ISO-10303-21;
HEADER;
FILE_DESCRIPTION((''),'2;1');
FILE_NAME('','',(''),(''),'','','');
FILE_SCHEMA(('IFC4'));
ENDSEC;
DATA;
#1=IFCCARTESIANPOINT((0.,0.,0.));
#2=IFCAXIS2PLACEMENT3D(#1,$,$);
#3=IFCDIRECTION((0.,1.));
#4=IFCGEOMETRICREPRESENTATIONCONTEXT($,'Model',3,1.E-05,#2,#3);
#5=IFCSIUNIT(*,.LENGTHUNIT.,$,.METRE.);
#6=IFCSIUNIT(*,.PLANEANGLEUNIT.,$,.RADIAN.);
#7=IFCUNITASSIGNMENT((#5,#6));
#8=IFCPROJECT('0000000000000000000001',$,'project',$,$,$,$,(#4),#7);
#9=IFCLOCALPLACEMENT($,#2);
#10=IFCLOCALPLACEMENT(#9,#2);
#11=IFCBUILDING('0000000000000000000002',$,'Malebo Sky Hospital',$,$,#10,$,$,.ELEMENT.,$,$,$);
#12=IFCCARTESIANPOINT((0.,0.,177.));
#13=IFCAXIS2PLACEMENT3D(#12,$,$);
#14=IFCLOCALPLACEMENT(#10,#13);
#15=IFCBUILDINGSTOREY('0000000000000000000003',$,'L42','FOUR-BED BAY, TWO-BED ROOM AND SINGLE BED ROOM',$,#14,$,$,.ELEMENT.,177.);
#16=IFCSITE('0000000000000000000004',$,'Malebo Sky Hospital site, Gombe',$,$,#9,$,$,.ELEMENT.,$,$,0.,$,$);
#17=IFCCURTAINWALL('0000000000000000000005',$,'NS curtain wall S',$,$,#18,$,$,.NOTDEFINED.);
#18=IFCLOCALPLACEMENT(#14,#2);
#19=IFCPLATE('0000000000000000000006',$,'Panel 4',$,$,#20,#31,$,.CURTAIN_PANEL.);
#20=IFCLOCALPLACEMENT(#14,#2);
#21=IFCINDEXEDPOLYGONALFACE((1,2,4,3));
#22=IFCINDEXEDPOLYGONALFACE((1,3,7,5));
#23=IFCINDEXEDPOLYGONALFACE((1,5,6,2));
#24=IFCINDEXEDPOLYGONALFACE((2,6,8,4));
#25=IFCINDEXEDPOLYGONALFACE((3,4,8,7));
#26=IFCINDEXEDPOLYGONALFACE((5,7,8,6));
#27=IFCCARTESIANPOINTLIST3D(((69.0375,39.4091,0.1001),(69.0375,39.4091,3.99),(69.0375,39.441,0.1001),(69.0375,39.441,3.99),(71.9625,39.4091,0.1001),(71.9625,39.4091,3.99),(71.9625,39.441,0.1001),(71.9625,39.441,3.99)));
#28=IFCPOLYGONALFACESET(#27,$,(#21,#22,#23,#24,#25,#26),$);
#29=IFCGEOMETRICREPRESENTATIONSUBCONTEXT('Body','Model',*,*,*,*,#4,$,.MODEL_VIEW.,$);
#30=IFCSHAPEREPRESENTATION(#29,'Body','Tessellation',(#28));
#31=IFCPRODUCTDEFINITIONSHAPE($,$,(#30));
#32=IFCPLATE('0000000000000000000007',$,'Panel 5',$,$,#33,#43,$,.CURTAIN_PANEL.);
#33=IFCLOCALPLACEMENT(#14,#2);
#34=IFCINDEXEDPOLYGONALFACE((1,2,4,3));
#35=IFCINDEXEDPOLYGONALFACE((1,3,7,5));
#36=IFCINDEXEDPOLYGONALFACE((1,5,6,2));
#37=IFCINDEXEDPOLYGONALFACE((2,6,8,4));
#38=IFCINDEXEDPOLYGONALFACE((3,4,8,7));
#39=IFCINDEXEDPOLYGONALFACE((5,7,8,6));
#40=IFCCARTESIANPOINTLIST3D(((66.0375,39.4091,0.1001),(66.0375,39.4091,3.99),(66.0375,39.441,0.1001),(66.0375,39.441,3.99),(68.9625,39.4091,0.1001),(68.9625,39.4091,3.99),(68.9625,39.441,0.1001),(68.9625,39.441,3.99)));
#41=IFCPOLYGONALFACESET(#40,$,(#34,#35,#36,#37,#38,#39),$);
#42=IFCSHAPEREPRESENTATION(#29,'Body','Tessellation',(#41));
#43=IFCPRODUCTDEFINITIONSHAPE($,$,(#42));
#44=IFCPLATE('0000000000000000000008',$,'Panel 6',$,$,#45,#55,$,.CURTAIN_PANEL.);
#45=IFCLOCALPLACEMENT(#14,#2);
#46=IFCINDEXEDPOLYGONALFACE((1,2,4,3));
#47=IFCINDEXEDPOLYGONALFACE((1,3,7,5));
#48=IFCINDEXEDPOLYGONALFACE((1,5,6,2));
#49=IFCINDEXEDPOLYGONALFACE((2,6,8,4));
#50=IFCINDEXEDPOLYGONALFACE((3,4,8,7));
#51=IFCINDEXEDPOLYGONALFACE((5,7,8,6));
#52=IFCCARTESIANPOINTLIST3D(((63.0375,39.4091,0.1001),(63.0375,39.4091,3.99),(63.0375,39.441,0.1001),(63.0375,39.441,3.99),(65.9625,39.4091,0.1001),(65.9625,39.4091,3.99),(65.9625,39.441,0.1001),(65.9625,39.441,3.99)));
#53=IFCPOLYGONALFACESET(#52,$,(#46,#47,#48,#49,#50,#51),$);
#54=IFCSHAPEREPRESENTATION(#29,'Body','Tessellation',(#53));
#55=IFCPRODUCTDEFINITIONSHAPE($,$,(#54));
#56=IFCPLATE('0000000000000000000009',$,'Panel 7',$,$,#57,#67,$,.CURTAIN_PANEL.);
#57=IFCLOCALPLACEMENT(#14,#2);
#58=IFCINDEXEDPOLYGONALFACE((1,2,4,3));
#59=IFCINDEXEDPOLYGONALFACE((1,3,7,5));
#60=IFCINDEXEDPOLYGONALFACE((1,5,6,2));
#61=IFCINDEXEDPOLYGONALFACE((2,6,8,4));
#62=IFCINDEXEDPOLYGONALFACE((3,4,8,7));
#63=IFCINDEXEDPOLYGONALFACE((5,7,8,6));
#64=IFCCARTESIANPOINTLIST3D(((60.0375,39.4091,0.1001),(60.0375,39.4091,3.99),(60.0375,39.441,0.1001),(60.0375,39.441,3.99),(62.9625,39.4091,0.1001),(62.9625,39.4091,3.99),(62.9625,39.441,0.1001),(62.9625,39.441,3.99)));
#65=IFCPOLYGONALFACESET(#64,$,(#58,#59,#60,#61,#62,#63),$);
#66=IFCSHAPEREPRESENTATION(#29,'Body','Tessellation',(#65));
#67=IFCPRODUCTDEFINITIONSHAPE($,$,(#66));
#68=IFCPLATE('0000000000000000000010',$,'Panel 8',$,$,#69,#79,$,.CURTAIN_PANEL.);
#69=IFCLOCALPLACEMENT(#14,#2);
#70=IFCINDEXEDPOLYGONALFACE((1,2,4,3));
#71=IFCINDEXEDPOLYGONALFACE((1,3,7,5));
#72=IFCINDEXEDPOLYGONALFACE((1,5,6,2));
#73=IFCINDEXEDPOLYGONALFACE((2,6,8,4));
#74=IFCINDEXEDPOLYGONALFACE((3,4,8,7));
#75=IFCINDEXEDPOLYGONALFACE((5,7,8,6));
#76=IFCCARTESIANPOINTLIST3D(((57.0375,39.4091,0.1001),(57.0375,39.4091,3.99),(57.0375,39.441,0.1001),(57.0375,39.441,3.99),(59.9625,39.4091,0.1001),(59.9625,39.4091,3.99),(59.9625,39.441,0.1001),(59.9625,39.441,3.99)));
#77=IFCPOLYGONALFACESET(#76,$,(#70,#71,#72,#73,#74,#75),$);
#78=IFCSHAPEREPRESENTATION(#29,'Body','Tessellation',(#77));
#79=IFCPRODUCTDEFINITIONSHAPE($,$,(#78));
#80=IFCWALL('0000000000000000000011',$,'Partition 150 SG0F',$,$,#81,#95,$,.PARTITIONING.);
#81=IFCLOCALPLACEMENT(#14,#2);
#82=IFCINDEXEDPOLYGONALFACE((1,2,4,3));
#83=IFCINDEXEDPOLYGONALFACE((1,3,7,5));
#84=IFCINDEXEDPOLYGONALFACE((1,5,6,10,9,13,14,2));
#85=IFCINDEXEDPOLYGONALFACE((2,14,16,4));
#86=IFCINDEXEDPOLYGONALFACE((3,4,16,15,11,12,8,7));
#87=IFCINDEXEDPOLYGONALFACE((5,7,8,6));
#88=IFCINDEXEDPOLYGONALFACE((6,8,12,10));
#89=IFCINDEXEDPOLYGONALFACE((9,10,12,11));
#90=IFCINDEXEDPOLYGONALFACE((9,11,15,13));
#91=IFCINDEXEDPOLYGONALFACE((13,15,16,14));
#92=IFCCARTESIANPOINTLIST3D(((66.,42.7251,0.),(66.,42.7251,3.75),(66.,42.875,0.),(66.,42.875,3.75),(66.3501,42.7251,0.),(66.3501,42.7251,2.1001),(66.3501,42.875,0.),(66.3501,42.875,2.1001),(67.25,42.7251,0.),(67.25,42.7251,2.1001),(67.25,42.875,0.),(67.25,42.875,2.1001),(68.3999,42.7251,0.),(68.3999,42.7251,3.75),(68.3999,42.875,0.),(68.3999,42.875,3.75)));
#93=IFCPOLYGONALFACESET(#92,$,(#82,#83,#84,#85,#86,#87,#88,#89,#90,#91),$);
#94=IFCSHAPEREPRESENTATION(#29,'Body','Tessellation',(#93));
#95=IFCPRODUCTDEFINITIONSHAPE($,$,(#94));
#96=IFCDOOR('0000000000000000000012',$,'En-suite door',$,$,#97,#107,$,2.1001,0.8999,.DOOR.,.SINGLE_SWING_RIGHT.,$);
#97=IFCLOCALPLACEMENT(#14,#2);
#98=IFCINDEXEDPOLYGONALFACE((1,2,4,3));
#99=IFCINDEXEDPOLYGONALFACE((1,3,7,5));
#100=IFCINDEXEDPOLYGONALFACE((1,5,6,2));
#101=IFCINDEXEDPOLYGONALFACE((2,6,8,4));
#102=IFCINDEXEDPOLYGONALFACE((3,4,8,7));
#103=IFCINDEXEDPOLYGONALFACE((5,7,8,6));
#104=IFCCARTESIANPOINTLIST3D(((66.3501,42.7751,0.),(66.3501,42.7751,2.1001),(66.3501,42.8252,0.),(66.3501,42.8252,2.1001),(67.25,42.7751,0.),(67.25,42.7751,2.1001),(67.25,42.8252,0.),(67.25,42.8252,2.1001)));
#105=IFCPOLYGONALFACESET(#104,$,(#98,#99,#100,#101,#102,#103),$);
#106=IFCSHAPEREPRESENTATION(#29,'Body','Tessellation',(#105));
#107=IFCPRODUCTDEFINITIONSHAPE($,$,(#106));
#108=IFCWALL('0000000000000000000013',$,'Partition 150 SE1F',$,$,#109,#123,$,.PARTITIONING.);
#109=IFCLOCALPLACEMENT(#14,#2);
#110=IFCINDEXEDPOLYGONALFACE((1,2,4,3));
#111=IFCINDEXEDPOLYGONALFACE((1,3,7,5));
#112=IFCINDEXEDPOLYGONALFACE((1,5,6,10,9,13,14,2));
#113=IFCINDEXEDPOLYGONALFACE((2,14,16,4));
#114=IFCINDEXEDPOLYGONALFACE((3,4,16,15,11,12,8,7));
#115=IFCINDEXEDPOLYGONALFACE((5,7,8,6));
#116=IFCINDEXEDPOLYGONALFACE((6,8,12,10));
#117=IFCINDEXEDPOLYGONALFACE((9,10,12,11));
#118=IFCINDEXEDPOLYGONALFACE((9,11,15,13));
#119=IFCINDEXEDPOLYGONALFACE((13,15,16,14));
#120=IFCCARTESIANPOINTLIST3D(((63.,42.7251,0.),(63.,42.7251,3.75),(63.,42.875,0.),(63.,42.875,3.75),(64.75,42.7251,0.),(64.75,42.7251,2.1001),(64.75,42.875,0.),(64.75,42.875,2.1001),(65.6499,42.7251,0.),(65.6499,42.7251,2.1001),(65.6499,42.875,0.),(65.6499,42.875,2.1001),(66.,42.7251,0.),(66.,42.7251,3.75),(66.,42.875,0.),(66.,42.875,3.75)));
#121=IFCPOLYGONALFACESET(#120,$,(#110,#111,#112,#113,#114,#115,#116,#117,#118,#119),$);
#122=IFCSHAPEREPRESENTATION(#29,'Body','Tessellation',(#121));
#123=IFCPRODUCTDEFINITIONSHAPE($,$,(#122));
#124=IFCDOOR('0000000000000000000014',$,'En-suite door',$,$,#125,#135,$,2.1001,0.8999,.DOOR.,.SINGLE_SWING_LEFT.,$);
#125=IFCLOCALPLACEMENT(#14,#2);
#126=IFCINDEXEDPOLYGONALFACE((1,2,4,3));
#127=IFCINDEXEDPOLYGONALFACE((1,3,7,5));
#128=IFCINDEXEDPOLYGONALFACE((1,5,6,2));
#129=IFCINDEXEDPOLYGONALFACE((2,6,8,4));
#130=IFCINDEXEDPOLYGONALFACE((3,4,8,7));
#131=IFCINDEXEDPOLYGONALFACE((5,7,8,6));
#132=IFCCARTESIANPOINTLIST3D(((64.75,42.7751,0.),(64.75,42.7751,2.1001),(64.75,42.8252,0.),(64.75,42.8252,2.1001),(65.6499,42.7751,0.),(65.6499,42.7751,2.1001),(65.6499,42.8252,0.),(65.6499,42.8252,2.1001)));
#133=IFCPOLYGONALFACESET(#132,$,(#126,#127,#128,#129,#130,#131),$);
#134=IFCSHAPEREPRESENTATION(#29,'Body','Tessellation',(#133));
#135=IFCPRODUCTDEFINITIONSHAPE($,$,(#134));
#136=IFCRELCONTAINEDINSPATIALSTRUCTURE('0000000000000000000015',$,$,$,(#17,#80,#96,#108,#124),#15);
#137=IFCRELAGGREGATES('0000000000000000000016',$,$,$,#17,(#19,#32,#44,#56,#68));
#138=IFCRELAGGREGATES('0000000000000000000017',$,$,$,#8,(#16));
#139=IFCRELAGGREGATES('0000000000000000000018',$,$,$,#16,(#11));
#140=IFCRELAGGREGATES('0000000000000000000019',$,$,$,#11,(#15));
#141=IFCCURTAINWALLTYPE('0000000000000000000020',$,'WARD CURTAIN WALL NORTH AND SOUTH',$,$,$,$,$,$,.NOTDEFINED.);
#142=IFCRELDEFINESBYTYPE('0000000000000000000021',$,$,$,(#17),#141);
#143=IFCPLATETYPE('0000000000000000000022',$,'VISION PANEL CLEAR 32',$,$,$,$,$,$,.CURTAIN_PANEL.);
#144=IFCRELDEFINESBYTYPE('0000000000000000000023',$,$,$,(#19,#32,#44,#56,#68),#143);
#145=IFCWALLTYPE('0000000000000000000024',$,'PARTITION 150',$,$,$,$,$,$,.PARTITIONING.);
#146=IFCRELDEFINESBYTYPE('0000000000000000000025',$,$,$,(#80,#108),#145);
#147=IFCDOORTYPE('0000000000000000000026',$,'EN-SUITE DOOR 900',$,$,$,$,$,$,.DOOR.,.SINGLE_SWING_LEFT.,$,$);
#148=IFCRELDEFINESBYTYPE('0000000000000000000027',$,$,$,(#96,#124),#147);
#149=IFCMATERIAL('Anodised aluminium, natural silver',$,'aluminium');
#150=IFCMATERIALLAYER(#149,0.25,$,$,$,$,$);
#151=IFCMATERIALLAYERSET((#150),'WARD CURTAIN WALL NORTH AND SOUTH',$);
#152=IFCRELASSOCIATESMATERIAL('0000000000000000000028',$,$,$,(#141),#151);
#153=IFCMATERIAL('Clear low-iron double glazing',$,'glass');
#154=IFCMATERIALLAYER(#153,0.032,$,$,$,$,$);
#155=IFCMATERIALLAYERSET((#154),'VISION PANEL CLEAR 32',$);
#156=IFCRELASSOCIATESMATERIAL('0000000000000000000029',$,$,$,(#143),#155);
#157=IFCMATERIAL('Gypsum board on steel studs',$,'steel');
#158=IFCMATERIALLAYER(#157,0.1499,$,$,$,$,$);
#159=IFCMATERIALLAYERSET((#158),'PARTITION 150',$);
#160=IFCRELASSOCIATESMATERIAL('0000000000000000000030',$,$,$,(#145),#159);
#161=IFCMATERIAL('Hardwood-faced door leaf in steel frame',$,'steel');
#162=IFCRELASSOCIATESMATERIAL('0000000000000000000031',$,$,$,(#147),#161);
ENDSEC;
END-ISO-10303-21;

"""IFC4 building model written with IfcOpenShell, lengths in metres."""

from ifc_helpers import new_model, si_unit, direction, frame, frame_2d, origin, origin_2d, place, context, subcontext, project, spatial, rectangle, extrude, material, layer, layer_set, type_object, element, fill, aggregate, save


model = new_model("IFC4")

# Units and contexts
model_context = context("Model", 3, precision=1e-05, world=origin(), true_north=direction((0.0, 1.0)))
body_context = subcontext(model_context, "Body", "Model", "MODEL_VIEW")
ifc_project = project(units=[si_unit("LENGTHUNIT", "METRE"), si_unit("PLANEANGLEUNIT", "RADIAN")], contexts=[model_context])

# Site, building, storey
site_placement = place(None, origin())
site = spatial("IfcSite", under=ifc_project, at=site_placement, Name="Malebo Sky Hospital site, Gombe", CompositionType="ELEMENT", RefElevation=0.0)
building_placement = place(site_placement, origin())
building = spatial("IfcBuilding", under=site, at=building_placement, Name="Malebo Sky Hospital", CompositionType="ELEMENT")
storey_placement = place(building_placement, frame((0.0, 0.0, 177.0)))
storey = spatial("IfcBuildingStorey", under=building, at=storey_placement, Name="L42", Description="FOUR-BED BAY, TWO-BED ROOM AND SINGLE BED ROOM", CompositionType="ELEMENT", Elevation=177.0)

# Curtain wall
ifc_material_1 = material(Name="Anodised aluminium, natural silver", Category="aluminium")
ifc_layer_1 = layer(ifc_material_1, 0.25)
ifc_layer_set_1 = layer_set([ifc_layer_1], Name="WARD CURTAIN WALL NORTH AND SOUTH")
curtain_wall_type = type_object("IfcCurtainWallType", Name="WARD CURTAIN WALL NORTH AND SOUTH", PredefinedType="NOTDEFINED", material=ifc_layer_set_1)
curtain_wall_placement = place(storey_placement, origin())
curtain_wall = element("IfcCurtainWall", 1, at=curtain_wall_placement, inside=storey, type_object=curtain_wall_type, Name="NS curtain wall S", PredefinedType="NOTDEFINED")

# Plates
ifc_material_2 = material(Name="Clear low-iron double glazing", Category="glass")
ifc_layer_2 = layer(ifc_material_2, 0.032)
ifc_layer_set_2 = layer_set([ifc_layer_2], Name="VISION PANEL CLEAR 32")
plate_type = type_object("IfcPlateType", Name="VISION PANEL CLEAR 32", PredefinedType="CURTAIN_PANEL", material=ifc_layer_set_2)
plate_1_placement = place(storey_placement, frame((70.5, 39.425, 0.1001), z_axis=(0.0, 0.0, 1.0), x_axis=(-1.0, 0.0, 0.0)))
plate_1 = element("IfcPlate", 2, at=plate_1_placement, type_object=plate_type, Name="Panel 4", PredefinedType="CURTAIN_PANEL", context=body_context, shape_type="SweptSolid", body=[
    extrude(rectangle(XDim=2.925, YDim=0.032, at=origin_2d()), origin(), (0.0, 0.0, 1.0), 3.8899),
])
plate_2_placement = place(storey_placement, frame((67.5, 39.425, 0.1001), z_axis=(0.0, 0.0, 1.0), x_axis=(-1.0, 0.0, 0.0)))
plate_2 = element("IfcPlate", 3, at=plate_2_placement, type_object=plate_type, Name="Panel 5", PredefinedType="CURTAIN_PANEL", context=body_context, shape_type="SweptSolid", body=[
    extrude(rectangle(XDim=2.925, YDim=0.032, at=origin_2d()), origin(), (0.0, 0.0, 1.0), 3.8899),
])
plate_3_placement = place(storey_placement, frame((64.5, 39.425, 0.1001), z_axis=(0.0, 0.0, 1.0), x_axis=(-1.0, 0.0, 0.0)))
plate_3 = element("IfcPlate", 4, at=plate_3_placement, type_object=plate_type, Name="Panel 6", PredefinedType="CURTAIN_PANEL", context=body_context, shape_type="SweptSolid", body=[
    extrude(rectangle(XDim=2.925, YDim=0.032, at=origin_2d()), origin(), (0.0, 0.0, 1.0), 3.8899),
])
plate_4_placement = place(storey_placement, frame((61.5, 39.425, 0.1001), z_axis=(0.0, 0.0, 1.0), x_axis=(-1.0, 0.0, 0.0)))
plate_4 = element("IfcPlate", 5, at=plate_4_placement, type_object=plate_type, Name="Panel 7", PredefinedType="CURTAIN_PANEL", context=body_context, shape_type="SweptSolid", body=[
    extrude(rectangle(XDim=2.925, YDim=0.032, at=origin_2d()), origin(), (0.0, 0.0, 1.0), 3.8899),
])
plate_5_placement = place(storey_placement, frame((58.5, 39.425, 0.1001), z_axis=(0.0, 0.0, 1.0), x_axis=(-1.0, 0.0, 0.0)))
plate_5 = element("IfcPlate", 6, at=plate_5_placement, type_object=plate_type, Name="Panel 8", PredefinedType="CURTAIN_PANEL", context=body_context, shape_type="SweptSolid", body=[
    extrude(rectangle(XDim=2.925, YDim=0.032, at=origin_2d()), origin(), (0.0, 0.0, 1.0), 3.8899),
])
aggregate(curtain_wall, [plate_1, plate_2, plate_3, plate_4, plate_5])

# Walls, openings, doors
ifc_material_3 = material(Name="Gypsum board on steel studs", Category="steel")
ifc_layer_3 = layer(ifc_material_3, 0.1499)
ifc_layer_set_3 = layer_set([ifc_layer_3], Name="PARTITION 150")
wall_type = type_object("IfcWallType", Name="PARTITION 150", PredefinedType="PARTITIONING", material=ifc_layer_set_3)
wall_1_placement = place(storey_placement, frame((68.3999, 42.8, 0.0), z_axis=(0.0, 0.0, 1.0), x_axis=(-1.0, 0.0, 0.0)))
wall_1 = element("IfcWall", 7, at=wall_1_placement, inside=storey, type_object=wall_type, Name="Partition 150 SG0F", PredefinedType="PARTITIONING", context=body_context, shape_type="SweptSolid", body=[
    extrude(rectangle(XDim=2.3999, YDim=0.1499, at=frame_2d((1.2, 0.0))), origin(), (0.0, 0.0, 1.0), 3.75),
])
opening_1_placement = place(wall_1_placement, frame((1.1499, 0.0, 0.0)))
opening_1 = element("IfcOpeningElement", 8, at=opening_1_placement, cuts=wall_1, PredefinedType="OPENING", context=body_context, shape_type="SweptSolid", body=[
    extrude(rectangle(XDim=0.8999, YDim=2.1001, at=frame_2d((0.45, 1.05))), frame((0.0, 0.085, 0.0), z_axis=(0.0, -1.0, 0.0), x_axis=(1.0, 0.0, 0.0)), (0.0, 0.0, 1.0), 0.1699),
])
ifc_material_4 = material(Name="Hardwood-faced door leaf in steel frame", Category="steel")
door_type = type_object("IfcDoorType", Name="EN-SUITE DOOR 900", OperationType="SINGLE_SWING_LEFT", PredefinedType="DOOR", material=ifc_material_4)
door_1_placement = place(opening_1_placement, origin())
door_1 = element("IfcDoor", 9, at=door_1_placement, inside=storey, type_object=door_type, Name="En-suite door", OperationType="SINGLE_SWING_RIGHT", OverallHeight=2.1001, OverallWidth=0.8999, PredefinedType="DOOR", context=body_context, shape_type="SweptSolid", body=[
    extrude(rectangle(XDim=0.8999, YDim=2.1001, at=frame_2d((0.45, 1.05))), frame((0.0, 0.0249, 0.0), z_axis=(0.0, -1.0, 0.0), x_axis=(1.0, 0.0, 0.0)), (0.0, 0.0, 1.0), 0.05),
])
fill(opening_1, door_1)
wall_2_placement = place(storey_placement, frame((66.0, 42.8, 0.0), z_axis=(0.0, 0.0, 1.0), x_axis=(-1.0, 0.0, 0.0)))
wall_2 = element("IfcWall", 10, at=wall_2_placement, inside=storey, type_object=wall_type, Name="Partition 150 SE1F", PredefinedType="PARTITIONING", context=body_context, shape_type="SweptSolid", body=[
    extrude(rectangle(XDim=3.0, YDim=0.1499, at=frame_2d((1.5, 0.0))), origin(), (0.0, 0.0, 1.0), 3.75),
])
opening_2_placement = place(wall_2_placement, frame((0.3501, 0.0, 0.0)))
opening_2 = element("IfcOpeningElement", 11, at=opening_2_placement, cuts=wall_2, PredefinedType="OPENING", context=body_context, shape_type="SweptSolid", body=[
    extrude(rectangle(XDim=0.8999, YDim=2.1001, at=frame_2d((0.45, 1.05))), frame((0.0, 0.085, 0.0), z_axis=(0.0, -1.0, 0.0), x_axis=(1.0, 0.0, 0.0)), (0.0, 0.0, 1.0), 0.1699),
])
door_2_placement = place(opening_2_placement, origin())
door_2 = element("IfcDoor", 12, at=door_2_placement, inside=storey, type_object=door_type, Name="En-suite door", OperationType="SINGLE_SWING_LEFT", OverallHeight=2.1001, OverallWidth=0.8999, PredefinedType="DOOR", context=body_context, shape_type="SweptSolid", body=[
    extrude(rectangle(XDim=0.8999, YDim=2.1001, at=frame_2d((0.45, 1.05))), frame((0.0, 0.0249, 0.0), z_axis=(0.0, -1.0, 0.0), x_axis=(1.0, 0.0, 0.0)), (0.0, 0.0, 1.0), 0.05),
])
fill(opening_2, door_2)

save(model, "model.ifc")
